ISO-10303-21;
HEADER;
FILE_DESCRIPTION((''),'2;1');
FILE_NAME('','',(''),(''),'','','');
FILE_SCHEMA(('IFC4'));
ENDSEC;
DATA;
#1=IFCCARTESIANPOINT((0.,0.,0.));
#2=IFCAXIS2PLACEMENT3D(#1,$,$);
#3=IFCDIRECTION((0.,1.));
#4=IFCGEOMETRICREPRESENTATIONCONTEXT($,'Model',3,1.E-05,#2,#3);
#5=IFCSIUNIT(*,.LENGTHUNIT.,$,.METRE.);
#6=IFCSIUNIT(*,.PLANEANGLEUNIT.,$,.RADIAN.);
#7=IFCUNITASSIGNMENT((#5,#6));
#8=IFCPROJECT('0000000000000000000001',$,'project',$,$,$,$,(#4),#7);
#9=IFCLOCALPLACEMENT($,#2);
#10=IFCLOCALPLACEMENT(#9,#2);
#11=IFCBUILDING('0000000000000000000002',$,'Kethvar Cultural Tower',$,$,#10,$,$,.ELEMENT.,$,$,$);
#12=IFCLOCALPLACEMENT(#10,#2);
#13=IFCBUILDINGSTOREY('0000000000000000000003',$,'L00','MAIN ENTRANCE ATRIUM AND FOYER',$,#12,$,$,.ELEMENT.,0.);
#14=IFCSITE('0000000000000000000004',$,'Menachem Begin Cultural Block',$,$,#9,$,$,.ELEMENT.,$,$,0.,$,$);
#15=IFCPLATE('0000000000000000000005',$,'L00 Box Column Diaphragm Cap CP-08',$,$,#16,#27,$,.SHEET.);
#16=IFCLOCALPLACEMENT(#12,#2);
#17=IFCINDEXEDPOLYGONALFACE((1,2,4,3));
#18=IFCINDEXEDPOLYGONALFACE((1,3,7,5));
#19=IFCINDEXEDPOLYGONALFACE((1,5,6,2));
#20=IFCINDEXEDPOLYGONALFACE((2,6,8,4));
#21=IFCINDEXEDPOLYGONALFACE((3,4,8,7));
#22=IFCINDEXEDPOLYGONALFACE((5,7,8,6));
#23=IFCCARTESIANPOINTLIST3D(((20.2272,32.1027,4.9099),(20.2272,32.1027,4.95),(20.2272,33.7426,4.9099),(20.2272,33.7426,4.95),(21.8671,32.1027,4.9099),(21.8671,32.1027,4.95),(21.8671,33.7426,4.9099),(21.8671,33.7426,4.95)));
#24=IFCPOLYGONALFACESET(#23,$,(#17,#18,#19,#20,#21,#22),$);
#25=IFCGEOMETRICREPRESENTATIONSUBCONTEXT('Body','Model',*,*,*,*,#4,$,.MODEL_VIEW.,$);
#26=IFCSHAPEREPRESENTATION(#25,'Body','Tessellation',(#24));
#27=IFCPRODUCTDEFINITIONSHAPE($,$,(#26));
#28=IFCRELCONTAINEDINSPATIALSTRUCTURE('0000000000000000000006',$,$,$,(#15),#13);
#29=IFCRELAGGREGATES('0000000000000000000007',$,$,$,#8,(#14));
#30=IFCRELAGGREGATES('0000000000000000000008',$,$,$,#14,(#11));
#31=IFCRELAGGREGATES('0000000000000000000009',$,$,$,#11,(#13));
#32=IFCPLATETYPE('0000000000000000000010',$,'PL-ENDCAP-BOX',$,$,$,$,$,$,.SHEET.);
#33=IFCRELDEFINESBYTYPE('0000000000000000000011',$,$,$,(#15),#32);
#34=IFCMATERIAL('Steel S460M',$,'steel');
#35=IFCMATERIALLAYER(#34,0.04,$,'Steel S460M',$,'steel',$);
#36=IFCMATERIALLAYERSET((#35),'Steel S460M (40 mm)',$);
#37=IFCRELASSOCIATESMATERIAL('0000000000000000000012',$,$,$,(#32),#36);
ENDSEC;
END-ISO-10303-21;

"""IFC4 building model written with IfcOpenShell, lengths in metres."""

from ifc_helpers import new_model, si_unit, direction, frame, origin, origin_2d, place, context, subcontext, project, spatial, rectangle, extrude, source, transform, mapped, material, layer, layer_set, type_object, element, save


model = new_model("IFC4")

# Units and contexts
model_context = context("Model", 3, precision=1e-05, world=origin(), true_north=direction((0.0, 1.0)))
body_context = subcontext(model_context, "Body", "Model", "MODEL_VIEW")
ifc_project = project(units=[si_unit("LENGTHUNIT", "METRE"), si_unit("PLANEANGLEUNIT", "RADIAN")], contexts=[model_context])

# Site, building, storey
site_placement = place(None, origin())
site = spatial("IfcSite", under=ifc_project, at=site_placement, Name="Menachem Begin Cultural Block", CompositionType="ELEMENT", RefElevation=0.0)
building_placement = place(site_placement, origin())
building = spatial("IfcBuilding", under=site, at=building_placement, Name="Kethvar Cultural Tower", CompositionType="ELEMENT")
storey_placement = place(building_placement, origin())
storey = spatial("IfcBuildingStorey", under=building, at=storey_placement, Name="L00", Description="MAIN ENTRANCE ATRIUM AND FOYER", CompositionType="ELEMENT", Elevation=0.0)

# Shared definitions
ifc_material_1 = material(Name="Steel S460M", Category="steel")

# Plate
ifc_layer_1 = layer(ifc_material_1, 0.04, Name="Steel S460M", Category="steel")
ifc_layer_set_1 = layer_set([ifc_layer_1], Name="Steel S460M (40 mm)")
plate_type = type_object("IfcPlateType", Name="PL-ENDCAP-BOX", PredefinedType="SHEET", material=ifc_layer_set_1)
shared_shape_1 = source(origin(), body_context, "Body", "SweptSolid", [
    extrude(rectangle(XDim=1.6399, YDim=1.6399, at=origin_2d()), origin(), (0.0, 0.0, 1.0), 0.04),
])
plate_placement = place(storey_placement, frame((21.0471, 32.9226, 4.9099), z_axis=(0.0, 0.0, 1.0), x_axis=(1.0, 0.0, 0.0)))
element("IfcPlate", 1, at=plate_placement, inside=storey, type_object=plate_type, Name="L00 Box Column Diaphragm Cap CP-08", PredefinedType="SHEET", context=body_context, shape_type="MappedRepresentation", body=[
    mapped(shared_shape_1, transform((0.0, 0.0, 0.0), scale=1.0)),
])

save(model, "model.ifc")
